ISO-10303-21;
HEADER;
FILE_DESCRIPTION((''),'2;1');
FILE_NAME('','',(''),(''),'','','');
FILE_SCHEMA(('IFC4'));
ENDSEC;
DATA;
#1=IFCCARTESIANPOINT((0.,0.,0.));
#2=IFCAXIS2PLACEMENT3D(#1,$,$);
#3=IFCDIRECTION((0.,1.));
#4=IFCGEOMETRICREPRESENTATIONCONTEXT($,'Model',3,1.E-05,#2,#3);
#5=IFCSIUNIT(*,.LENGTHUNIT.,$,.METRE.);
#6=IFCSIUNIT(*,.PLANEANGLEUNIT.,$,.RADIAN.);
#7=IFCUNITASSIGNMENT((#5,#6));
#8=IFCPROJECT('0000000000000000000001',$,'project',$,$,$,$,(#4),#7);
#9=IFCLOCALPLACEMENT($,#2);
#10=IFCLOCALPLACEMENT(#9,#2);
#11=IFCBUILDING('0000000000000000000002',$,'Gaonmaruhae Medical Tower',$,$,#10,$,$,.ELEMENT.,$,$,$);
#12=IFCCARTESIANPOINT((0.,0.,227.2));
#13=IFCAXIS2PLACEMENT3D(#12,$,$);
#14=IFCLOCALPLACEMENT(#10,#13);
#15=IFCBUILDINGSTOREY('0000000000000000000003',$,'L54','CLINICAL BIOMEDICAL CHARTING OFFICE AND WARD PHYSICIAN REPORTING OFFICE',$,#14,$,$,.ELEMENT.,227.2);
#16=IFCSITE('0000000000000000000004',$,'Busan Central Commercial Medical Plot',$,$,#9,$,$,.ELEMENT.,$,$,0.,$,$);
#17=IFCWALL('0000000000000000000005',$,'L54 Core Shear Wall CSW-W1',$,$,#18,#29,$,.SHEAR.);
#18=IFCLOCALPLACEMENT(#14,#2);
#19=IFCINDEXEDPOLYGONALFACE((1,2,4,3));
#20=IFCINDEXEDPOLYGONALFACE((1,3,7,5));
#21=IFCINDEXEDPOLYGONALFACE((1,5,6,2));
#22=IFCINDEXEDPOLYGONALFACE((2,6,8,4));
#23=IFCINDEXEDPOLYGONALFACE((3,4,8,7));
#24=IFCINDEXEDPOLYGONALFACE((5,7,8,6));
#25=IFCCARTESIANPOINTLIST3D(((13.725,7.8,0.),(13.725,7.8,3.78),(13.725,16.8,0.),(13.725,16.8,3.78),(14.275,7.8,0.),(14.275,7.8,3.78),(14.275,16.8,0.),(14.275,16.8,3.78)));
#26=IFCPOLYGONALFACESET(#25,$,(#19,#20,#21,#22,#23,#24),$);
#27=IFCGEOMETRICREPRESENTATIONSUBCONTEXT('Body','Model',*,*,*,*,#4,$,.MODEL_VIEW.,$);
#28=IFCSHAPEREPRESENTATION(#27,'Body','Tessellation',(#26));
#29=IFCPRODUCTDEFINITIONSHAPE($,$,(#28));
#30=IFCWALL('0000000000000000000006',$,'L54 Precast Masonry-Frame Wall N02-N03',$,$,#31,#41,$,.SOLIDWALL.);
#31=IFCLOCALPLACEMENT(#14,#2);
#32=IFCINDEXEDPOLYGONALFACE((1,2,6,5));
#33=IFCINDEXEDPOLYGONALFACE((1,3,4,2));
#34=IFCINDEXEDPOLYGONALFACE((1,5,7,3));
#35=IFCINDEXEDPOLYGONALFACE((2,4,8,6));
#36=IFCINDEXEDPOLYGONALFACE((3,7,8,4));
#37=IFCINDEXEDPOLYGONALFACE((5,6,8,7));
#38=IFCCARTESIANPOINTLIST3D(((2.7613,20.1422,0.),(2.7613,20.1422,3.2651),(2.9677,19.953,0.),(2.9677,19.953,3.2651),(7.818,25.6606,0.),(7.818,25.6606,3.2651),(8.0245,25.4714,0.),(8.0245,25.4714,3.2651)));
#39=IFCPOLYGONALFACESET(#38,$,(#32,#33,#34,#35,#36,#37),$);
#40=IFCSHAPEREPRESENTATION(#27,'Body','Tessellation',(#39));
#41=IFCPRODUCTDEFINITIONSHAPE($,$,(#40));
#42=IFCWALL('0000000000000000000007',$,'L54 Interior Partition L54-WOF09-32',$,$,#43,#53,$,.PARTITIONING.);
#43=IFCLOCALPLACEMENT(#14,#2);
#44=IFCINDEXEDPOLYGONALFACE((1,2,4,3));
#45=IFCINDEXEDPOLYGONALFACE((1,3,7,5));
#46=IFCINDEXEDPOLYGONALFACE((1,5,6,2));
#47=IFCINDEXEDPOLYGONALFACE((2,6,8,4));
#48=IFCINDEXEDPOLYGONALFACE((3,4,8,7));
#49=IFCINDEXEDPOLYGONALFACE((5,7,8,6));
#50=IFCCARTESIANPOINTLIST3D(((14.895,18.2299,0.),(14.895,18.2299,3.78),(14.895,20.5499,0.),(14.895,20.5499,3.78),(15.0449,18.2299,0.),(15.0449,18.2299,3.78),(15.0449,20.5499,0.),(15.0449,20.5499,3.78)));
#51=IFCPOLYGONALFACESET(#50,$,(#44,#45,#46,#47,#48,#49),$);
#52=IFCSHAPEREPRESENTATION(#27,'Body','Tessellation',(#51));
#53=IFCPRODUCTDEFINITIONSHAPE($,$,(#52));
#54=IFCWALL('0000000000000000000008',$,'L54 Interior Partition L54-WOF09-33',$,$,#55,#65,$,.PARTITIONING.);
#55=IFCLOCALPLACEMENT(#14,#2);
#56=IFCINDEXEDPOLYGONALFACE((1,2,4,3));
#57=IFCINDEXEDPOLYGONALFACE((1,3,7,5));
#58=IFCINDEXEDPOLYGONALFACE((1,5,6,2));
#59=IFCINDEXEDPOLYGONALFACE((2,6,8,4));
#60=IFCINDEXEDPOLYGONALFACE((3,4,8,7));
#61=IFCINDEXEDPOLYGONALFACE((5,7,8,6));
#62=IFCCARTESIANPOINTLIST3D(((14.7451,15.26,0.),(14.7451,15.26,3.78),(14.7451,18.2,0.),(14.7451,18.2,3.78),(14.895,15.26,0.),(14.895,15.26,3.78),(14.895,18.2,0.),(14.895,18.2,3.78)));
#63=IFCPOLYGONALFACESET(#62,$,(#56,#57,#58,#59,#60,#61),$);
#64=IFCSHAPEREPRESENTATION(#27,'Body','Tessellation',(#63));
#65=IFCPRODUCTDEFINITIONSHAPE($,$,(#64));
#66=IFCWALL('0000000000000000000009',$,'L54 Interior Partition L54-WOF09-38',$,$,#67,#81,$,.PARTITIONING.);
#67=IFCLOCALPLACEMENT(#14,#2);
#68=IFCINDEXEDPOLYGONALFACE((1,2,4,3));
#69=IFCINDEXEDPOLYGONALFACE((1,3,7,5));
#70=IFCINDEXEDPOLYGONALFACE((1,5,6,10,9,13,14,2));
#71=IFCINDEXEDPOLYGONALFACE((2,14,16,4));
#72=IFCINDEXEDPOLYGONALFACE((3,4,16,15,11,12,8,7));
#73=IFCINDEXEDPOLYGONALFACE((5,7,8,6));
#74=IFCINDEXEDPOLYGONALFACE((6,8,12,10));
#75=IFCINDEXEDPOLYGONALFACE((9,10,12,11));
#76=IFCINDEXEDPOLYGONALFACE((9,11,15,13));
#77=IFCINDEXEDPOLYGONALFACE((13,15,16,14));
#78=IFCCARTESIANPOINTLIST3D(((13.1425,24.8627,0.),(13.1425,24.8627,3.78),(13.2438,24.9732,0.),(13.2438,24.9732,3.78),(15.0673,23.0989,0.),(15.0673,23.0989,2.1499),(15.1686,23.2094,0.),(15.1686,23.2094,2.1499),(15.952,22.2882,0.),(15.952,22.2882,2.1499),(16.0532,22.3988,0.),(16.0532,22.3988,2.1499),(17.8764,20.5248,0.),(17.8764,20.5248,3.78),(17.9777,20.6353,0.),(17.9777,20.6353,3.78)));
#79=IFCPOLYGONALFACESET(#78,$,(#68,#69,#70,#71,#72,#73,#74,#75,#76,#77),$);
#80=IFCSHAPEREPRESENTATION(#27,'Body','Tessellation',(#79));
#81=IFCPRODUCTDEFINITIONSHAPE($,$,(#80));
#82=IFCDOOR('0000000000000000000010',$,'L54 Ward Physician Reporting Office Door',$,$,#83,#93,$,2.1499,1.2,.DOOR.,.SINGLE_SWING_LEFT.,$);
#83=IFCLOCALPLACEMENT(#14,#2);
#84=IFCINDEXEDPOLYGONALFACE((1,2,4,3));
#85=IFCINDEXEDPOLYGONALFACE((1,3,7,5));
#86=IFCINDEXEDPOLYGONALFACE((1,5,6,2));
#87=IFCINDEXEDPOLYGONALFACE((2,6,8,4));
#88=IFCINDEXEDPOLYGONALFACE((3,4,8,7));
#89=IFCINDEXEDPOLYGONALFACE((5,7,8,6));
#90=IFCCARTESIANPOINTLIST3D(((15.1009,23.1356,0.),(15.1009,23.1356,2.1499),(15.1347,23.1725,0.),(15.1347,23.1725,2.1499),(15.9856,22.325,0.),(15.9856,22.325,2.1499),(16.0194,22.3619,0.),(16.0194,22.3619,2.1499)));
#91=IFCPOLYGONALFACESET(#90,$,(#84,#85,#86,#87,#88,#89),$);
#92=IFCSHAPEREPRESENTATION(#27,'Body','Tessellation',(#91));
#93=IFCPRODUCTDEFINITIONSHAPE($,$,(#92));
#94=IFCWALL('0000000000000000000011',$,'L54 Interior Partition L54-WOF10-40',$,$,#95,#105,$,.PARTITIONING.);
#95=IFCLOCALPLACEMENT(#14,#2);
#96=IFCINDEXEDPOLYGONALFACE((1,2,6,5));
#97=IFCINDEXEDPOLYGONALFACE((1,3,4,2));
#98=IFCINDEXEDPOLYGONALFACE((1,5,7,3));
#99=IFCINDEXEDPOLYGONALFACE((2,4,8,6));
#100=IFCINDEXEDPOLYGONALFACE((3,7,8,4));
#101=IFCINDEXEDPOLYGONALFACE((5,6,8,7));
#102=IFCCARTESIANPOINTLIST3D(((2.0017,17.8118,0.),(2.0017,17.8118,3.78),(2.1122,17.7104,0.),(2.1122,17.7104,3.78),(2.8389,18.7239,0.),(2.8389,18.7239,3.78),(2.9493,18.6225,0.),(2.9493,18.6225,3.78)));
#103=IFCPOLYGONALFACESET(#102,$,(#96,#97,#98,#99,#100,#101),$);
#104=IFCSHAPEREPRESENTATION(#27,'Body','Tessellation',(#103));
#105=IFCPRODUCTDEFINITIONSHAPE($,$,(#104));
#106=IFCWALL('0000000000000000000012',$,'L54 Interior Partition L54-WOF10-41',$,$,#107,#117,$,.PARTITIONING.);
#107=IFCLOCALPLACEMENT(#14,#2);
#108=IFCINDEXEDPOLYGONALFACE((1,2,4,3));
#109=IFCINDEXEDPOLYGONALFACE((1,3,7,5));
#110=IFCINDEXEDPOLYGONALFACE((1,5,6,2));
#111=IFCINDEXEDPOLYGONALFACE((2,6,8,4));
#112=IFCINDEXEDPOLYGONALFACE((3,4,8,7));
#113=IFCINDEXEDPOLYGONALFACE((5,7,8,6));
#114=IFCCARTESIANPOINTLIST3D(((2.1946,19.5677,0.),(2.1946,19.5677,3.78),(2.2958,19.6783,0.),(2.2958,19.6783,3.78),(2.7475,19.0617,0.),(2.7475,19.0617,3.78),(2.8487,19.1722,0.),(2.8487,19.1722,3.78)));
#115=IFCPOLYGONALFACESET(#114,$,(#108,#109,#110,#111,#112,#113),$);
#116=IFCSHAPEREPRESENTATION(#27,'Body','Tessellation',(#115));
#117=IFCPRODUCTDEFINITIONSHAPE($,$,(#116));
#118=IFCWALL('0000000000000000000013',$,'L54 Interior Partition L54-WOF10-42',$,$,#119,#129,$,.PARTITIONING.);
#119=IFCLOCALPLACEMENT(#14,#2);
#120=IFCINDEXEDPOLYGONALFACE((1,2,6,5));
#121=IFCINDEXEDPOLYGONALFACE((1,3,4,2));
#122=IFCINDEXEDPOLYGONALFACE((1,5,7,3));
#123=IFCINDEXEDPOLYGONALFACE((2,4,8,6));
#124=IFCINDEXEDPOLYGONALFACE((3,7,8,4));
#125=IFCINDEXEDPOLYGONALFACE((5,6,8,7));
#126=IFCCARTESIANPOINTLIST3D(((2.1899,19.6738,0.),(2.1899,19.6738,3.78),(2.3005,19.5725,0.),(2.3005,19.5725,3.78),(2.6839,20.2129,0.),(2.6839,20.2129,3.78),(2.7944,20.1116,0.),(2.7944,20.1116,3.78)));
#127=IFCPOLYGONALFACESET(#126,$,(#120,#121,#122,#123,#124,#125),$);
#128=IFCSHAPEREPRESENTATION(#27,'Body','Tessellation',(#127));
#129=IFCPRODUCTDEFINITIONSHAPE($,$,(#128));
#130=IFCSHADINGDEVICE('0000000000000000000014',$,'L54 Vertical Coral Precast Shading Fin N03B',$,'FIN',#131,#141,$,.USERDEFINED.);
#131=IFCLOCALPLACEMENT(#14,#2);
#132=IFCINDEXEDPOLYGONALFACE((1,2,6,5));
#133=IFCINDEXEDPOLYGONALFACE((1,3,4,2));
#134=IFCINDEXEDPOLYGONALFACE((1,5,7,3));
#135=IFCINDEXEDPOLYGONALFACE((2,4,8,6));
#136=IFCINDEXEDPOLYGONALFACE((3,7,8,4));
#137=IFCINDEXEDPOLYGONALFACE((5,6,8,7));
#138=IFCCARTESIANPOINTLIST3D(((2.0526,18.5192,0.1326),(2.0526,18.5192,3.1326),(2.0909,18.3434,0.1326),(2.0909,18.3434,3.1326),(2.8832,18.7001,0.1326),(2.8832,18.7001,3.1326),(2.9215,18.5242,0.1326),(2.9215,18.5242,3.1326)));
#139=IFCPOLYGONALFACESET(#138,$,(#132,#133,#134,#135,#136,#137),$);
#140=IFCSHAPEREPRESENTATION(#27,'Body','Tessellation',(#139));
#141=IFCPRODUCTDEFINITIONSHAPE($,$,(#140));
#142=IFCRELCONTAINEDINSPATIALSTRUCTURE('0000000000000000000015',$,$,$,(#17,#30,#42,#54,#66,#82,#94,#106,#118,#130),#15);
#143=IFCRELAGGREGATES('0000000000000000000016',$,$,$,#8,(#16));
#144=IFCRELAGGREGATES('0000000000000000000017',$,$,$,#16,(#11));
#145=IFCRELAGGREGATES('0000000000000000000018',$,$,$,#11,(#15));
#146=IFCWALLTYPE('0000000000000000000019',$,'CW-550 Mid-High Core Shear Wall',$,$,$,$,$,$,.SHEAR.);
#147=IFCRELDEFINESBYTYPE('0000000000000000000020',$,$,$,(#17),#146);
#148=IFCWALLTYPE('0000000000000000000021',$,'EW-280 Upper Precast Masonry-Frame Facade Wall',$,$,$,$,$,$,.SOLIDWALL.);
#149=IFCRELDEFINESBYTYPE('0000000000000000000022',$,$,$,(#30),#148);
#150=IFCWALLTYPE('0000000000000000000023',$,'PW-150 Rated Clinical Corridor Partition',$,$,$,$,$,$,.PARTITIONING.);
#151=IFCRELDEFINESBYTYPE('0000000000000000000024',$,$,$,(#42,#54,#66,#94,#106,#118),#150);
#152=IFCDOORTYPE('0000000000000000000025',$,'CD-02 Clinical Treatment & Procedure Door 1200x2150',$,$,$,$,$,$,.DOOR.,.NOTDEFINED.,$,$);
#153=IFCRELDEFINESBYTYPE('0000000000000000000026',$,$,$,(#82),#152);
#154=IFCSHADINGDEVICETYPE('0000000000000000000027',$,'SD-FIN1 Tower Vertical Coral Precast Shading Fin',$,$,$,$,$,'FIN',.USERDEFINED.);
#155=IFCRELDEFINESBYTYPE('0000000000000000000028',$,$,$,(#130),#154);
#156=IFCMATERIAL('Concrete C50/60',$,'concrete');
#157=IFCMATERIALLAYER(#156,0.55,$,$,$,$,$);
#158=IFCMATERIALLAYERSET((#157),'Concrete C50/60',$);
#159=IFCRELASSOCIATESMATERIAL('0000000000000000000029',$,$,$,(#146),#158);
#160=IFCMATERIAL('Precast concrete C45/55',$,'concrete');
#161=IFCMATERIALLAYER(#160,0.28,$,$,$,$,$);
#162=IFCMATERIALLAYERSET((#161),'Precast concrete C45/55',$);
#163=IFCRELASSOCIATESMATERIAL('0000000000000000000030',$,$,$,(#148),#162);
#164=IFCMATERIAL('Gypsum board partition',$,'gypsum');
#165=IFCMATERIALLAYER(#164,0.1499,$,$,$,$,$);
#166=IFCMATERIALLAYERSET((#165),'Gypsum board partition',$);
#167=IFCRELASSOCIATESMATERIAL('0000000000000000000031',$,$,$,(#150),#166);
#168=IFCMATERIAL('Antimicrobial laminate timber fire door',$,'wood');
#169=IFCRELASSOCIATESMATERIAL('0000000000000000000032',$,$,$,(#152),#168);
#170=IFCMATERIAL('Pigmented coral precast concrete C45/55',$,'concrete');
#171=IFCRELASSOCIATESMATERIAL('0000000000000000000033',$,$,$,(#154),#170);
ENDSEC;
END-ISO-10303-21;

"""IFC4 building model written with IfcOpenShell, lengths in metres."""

from ifc_helpers import new_model, si_unit, direction, frame, frame_2d, origin, origin_2d, place, context, subcontext, project, spatial, rectangle, extrude, material, layer, layer_set, type_object, element, fill, save


model = new_model("IFC4")

# Units and contexts
model_context = context("Model", 3, precision=1e-05, world=origin(), true_north=direction((0.0, 1.0)))
body_context = subcontext(model_context, "Body", "Model", "MODEL_VIEW")
ifc_project = project(units=[si_unit("LENGTHUNIT", "METRE"), si_unit("PLANEANGLEUNIT", "RADIAN")], contexts=[model_context])

# Site, building, storey
site_placement = place(None, origin())
site = spatial("IfcSite", under=ifc_project, at=site_placement, Name="Busan Central Commercial Medical Plot", CompositionType="ELEMENT", RefElevation=0.0)
building_placement = place(site_placement, origin())
building = spatial("IfcBuilding", under=site, at=building_placement, Name="Gaonmaruhae Medical Tower", CompositionType="ELEMENT")
storey_placement = place(building_placement, frame((0.0, 0.0, 227.2)))
storey = spatial("IfcBuildingStorey", under=building, at=storey_placement, Name="L54", Description="CLINICAL BIOMEDICAL CHARTING OFFICE AND WARD PHYSICIAN REPORTING OFFICE", CompositionType="ELEMENT", Elevation=227.2)

# Shared definitions
ifc_material_1 = material(Name="Concrete C50/60", Category="concrete")

# Walls
ifc_layer_1 = layer(ifc_material_1, 0.55)
ifc_layer_set_1 = layer_set([ifc_layer_1], Name="Concrete C50/60")
wall_type_1 = type_object("IfcWallType", Name="CW-550 Mid-High Core Shear Wall", PredefinedType="SHEAR", material=ifc_layer_set_1)
wall_1_placement = place(storey_placement, frame((14.0, 16.8, 0.0), z_axis=(0.0, 0.0, 1.0), x_axis=(0.0, -1.0, 0.0)))
element("IfcWall", 1, at=wall_1_placement, inside=storey, type_object=wall_type_1, Name="L54 Core Shear Wall CSW-W1", PredefinedType="SHEAR", context=body_context, shape_type="SweptSolid", body=[
    extrude(rectangle(XDim=9.0, YDim=0.55, at=frame_2d((4.5, 0.0))), origin(), (0.0, 0.0, 1.0), 3.78),
])
ifc_material_2 = material(Name="Precast concrete C45/55", Category="concrete")
ifc_layer_2 = layer(ifc_material_2, 0.28)
ifc_layer_set_2 = layer_set([ifc_layer_2], Name="Precast concrete C45/55")
wall_type_2 = type_object("IfcWallType", Name="EW-280 Upper Precast Masonry-Frame Facade Wall", PredefinedType="SOLIDWALL", material=ifc_layer_set_2)
wall_2_placement = place(storey_placement, frame((2.8645, 20.0476, 0.0), z_axis=(0.0, 0.0, 1.0), x_axis=(0.675593, 0.737275, 0.0)))
element("IfcWall", 2, at=wall_2_placement, inside=storey, type_object=wall_type_2, Name="L54 Precast Masonry-Frame Wall N02-N03", PredefinedType="SOLIDWALL", context=body_context, shape_type="SweptSolid", body=[
    extrude(rectangle(XDim=7.4849, YDim=0.28, at=frame_2d((3.7424, 0.0))), origin(), (0.0, 0.0, 1.0), 3.2651),
])
ifc_material_3 = material(Name="Gypsum board partition", Category="gypsum")
ifc_layer_3 = layer(ifc_material_3, 0.1499)
ifc_layer_set_3 = layer_set([ifc_layer_3], Name="Gypsum board partition")
wall_type_3 = type_object("IfcWallType", Name="PW-150 Rated Clinical Corridor Partition", PredefinedType="PARTITIONING", material=ifc_layer_set_3)
wall_3_placement = place(storey_placement, frame((14.97, 20.55, 0.0), z_axis=(0.0, 0.0, 1.0), x_axis=(0.0, -1.0, 0.0)))
element("IfcWall", 3, at=wall_3_placement, inside=storey, type_object=wall_type_3, Name="L54 Interior Partition L54-WOF09-32", PredefinedType="PARTITIONING", context=body_context, shape_type="SweptSolid", body=[
    extrude(rectangle(XDim=2.3201, YDim=0.1499, at=frame_2d((1.1602, 0.0))), origin(), (0.0, 0.0, 1.0), 3.78),
])
wall_4_placement = place(storey_placement, frame((14.8201, 18.2, 0.0), z_axis=(0.0, 0.0, 1.0), x_axis=(0.0, -1.0, 0.0)))
element("IfcWall", 4, at=wall_4_placement, inside=storey, type_object=wall_type_3, Name="L54 Interior Partition L54-WOF09-33", PredefinedType="PARTITIONING", context=body_context, shape_type="SweptSolid", body=[
    extrude(rectangle(XDim=2.9399, YDim=0.1499, at=frame_2d((1.47, 0.0))), origin(), (0.0, 0.0, 1.0), 3.78),
])

# Wall, opening, door
wall_5_placement = place(storey_placement, frame((13.1931, 24.918, 0.0), z_axis=(0.0, 0.0, 1.0), x_axis=(0.737271, -0.675597, 0.0)))
wall_5 = element("IfcWall", 5, at=wall_5_placement, inside=storey, type_object=wall_type_3, Name="L54 Interior Partition L54-WOF09-38", PredefinedType="PARTITIONING", context=body_context, shape_type="SweptSolid", body=[
    extrude(rectangle(XDim=6.4209, YDim=0.1499, at=frame_2d((3.2104, 0.0))), origin(), (0.0, 0.0, 1.0), 3.78),
])
opening_placement = place(wall_5_placement, frame((2.6106, 0.0, 0.0)))
opening = element("IfcOpeningElement", 6, at=opening_placement, cuts=wall_5, PredefinedType="OPENING", context=body_context, shape_type="SweptSolid", body=[
    extrude(rectangle(XDim=1.2, YDim=2.1499, at=frame_2d((0.6001, 1.075))), frame((0.0, 0.085, 0.0), z_axis=(0.0, -1.0, 0.0), x_axis=(1.0, 0.0, 0.0)), (0.0, 0.0, 1.0), 0.1699),
])
ifc_material_4 = material(Name="Antimicrobial laminate timber fire door", Category="wood")
door_type = type_object("IfcDoorType", Name="CD-02 Clinical Treatment & Procedure Door 1200x2150", OperationType="NOTDEFINED", PredefinedType="DOOR", material=ifc_material_4)
door_placement = place(opening_placement, origin())
door = element("IfcDoor", 7, at=door_placement, inside=storey, type_object=door_type, Name="L54 Ward Physician Reporting Office Door", OperationType="SINGLE_SWING_LEFT", OverallHeight=2.1499, OverallWidth=1.2, PredefinedType="DOOR", context=body_context, shape_type="SweptSolid", body=[
    extrude(rectangle(XDim=1.2, YDim=2.1499, at=frame_2d((0.6001, 1.075))), frame((0.0, 0.0249, 0.0), z_axis=(0.0, -1.0, 0.0), x_axis=(1.0, 0.0, 0.0)), (0.0, 0.0, 1.0), 0.05),
])
fill(opening, door)

# Walls
wall_6_placement = place(storey_placement, frame((2.0569, 17.761, 0.0), z_axis=(0.0, 0.0, 1.0), x_axis=(0.676189, 0.736728, 0.0)))
element("IfcWall", 8, at=wall_6_placement, inside=storey, type_object=wall_type_3, Name="L54 Interior Partition L54-WOF10-40", PredefinedType="PARTITIONING", context=body_context, shape_type="SweptSolid", body=[
    extrude(rectangle(XDim=1.238, YDim=0.1499, at=frame_2d((0.6191, 0.0))), origin(), (0.0, 0.0, 1.0), 3.78),
])
wall_7_placement = place(storey_placement, frame((2.7981, 19.1169, 0.0), z_axis=(0.0, 0.0, 1.0), x_axis=(-0.737681, 0.675149, 0.0)))
element("IfcWall", 9, at=wall_7_placement, inside=storey, type_object=wall_type_3, Name="L54 Interior Partition L54-WOF10-41", PredefinedType="PARTITIONING", context=body_context, shape_type="SweptSolid", body=[
    extrude(rectangle(XDim=0.7495, YDim=0.1499, at=frame_2d((0.3748, 0.0))), origin(), (0.0, 0.0, 1.0), 3.78),
])
wall_8_placement = place(storey_placement, frame((2.2451, 19.623, 0.0), z_axis=(0.0, 0.0, 1.0), x_axis=(0.675543, 0.73732, 0.0)))
element("IfcWall", 10, at=wall_8_placement, inside=storey, type_object=wall_type_3, Name="L54 Interior Partition L54-WOF10-42", PredefinedType="PARTITIONING", context=body_context, shape_type="SweptSolid", body=[
    extrude(rectangle(XDim=0.7312, YDim=0.1499, at=frame_2d((0.3657, 0.0))), origin(), (0.0, 0.0, 1.0), 3.78),
])

# Shading device
ifc_material_5 = material(Name="Pigmented coral precast concrete C45/55", Category="concrete")
shading_device_type = type_object("IfcShadingDeviceType", Name="SD-FIN1 Tower Vertical Coral Precast Shading Fin", ElementType="FIN", PredefinedType="USERDEFINED", material=ifc_material_5)
shading_device_placement = place(storey_placement, frame((2.4871, 18.5217, 0.1326), z_axis=(0.0, 0.0, 1.0), x_axis=(-0.21274, 0.977109, 0.0)))
element("IfcShadingDevice", 11, at=shading_device_placement, inside=storey, type_object=shading_device_type, Name="L54 Vertical Coral Precast Shading Fin N03B", ObjectType="FIN", PredefinedType="USERDEFINED", context=body_context, shape_type="SweptSolid", body=[
    extrude(rectangle(XDim=0.1799, YDim=0.8501, at=origin_2d()), origin(), (0.0, 0.0, 1.0), 3.0),
])

save(model, "model.ifc")
